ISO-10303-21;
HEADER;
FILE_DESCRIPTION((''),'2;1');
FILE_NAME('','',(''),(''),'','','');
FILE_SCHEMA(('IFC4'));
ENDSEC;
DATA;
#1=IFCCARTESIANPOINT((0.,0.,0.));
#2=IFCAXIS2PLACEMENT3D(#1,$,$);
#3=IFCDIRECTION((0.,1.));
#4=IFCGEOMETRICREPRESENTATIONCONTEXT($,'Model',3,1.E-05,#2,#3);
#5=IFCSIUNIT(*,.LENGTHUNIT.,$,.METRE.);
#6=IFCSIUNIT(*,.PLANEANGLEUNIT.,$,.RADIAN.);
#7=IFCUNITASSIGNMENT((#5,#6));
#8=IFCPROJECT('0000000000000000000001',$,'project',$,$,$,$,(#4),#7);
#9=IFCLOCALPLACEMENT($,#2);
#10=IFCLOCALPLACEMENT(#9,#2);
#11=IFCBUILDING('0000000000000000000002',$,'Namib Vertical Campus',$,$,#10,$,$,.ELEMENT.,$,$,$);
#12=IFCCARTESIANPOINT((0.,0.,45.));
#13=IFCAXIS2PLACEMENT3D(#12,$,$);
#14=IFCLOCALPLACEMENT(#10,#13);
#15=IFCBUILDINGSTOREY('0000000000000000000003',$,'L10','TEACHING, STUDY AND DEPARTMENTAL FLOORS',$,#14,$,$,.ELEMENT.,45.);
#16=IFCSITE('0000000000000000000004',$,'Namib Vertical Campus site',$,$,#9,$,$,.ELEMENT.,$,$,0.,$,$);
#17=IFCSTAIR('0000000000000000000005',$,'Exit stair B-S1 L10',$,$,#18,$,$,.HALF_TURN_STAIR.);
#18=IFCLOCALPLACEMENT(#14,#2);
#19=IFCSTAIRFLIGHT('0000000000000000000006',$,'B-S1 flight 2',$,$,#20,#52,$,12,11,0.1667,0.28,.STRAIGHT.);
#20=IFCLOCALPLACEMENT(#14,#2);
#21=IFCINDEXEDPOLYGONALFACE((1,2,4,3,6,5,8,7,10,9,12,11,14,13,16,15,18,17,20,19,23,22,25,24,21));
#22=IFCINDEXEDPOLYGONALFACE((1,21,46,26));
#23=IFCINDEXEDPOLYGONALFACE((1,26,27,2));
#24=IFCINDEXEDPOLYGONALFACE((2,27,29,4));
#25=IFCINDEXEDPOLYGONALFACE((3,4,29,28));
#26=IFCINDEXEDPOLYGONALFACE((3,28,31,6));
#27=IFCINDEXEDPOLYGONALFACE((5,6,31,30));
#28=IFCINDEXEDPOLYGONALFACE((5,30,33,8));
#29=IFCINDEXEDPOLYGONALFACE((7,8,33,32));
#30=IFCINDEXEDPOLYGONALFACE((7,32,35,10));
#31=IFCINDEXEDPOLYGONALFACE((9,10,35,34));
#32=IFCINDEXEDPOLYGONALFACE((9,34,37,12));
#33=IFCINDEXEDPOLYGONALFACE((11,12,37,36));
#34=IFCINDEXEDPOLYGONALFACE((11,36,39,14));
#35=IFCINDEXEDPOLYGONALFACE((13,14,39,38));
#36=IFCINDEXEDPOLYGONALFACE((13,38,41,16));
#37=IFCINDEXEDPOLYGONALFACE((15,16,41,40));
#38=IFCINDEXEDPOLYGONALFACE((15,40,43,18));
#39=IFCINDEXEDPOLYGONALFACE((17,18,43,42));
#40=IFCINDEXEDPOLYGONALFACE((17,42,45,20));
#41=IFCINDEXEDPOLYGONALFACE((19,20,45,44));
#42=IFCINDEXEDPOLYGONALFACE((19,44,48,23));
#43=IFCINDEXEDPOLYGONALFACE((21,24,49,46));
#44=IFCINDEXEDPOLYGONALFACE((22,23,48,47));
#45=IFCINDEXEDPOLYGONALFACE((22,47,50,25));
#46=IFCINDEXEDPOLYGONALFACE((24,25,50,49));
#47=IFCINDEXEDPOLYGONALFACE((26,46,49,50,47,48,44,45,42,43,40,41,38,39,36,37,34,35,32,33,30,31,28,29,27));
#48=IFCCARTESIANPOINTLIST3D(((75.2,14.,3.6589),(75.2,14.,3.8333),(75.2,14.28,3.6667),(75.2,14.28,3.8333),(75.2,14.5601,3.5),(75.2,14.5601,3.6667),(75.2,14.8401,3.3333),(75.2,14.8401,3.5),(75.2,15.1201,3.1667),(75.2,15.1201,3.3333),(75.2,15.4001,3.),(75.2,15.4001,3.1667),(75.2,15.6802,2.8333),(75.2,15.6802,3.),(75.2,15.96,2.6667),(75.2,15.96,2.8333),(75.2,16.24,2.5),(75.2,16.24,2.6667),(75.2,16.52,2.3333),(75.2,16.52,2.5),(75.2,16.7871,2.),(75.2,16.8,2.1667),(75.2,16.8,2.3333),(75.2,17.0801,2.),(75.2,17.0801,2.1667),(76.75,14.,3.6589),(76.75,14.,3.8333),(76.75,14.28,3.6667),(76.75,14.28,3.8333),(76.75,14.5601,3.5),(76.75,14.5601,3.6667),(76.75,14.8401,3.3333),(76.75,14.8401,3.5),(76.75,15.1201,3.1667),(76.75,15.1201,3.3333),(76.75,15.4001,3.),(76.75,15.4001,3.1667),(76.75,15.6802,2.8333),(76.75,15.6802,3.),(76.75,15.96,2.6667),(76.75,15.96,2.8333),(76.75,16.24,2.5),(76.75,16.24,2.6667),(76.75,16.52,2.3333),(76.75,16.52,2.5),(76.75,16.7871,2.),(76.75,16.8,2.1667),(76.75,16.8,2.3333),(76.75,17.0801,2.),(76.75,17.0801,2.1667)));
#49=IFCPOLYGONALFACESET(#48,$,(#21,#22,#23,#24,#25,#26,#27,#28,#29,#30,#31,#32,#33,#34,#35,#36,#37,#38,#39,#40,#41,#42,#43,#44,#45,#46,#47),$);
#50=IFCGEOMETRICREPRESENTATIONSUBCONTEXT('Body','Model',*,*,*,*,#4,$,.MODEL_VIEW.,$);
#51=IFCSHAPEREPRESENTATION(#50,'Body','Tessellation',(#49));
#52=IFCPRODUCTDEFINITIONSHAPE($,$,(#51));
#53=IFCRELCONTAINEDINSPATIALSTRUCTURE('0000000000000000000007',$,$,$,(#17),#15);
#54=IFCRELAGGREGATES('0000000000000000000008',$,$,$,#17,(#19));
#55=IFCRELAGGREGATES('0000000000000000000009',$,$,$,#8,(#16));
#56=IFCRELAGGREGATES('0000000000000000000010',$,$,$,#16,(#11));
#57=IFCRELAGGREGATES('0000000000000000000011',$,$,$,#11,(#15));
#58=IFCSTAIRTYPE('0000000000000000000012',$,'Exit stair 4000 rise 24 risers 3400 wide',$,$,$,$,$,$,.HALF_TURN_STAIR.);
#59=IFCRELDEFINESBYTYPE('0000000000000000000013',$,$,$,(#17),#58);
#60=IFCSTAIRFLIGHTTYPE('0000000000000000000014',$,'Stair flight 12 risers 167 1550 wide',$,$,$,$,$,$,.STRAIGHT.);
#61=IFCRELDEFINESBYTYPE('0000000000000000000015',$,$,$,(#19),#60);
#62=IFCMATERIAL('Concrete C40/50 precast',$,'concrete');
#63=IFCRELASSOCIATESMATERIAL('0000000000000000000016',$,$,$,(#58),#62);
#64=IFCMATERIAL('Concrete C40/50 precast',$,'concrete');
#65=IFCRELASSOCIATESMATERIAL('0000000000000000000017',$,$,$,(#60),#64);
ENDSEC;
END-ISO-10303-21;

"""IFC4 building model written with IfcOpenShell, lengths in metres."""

from ifc_helpers import new_model, si_unit, direction, frame, origin, place, context, subcontext, project, spatial, polyline, outline, extrude, material, type_object, element, aggregate, save


model = new_model("IFC4")

# Units and contexts
model_context = context("Model", 3, precision=1e-05, world=origin(), true_north=direction((0.0, 1.0)))
body_context = subcontext(model_context, "Body", "Model", "MODEL_VIEW")
ifc_project = project(units=[si_unit("LENGTHUNIT", "METRE"), si_unit("PLANEANGLEUNIT", "RADIAN")], contexts=[model_context])

# Site, building, storey
site_placement = place(None, origin())
site = spatial("IfcSite", under=ifc_project, at=site_placement, Name="Namib Vertical Campus site", CompositionType="ELEMENT", RefElevation=0.0)
building_placement = place(site_placement, origin())
building = spatial("IfcBuilding", under=site, at=building_placement, Name="Namib Vertical Campus", CompositionType="ELEMENT")
storey_placement = place(building_placement, frame((0.0, 0.0, 45.0)))
storey = spatial("IfcBuildingStorey", under=building, at=storey_placement, Name="L10", Description="TEACHING, STUDY AND DEPARTMENTAL FLOORS", CompositionType="ELEMENT", Elevation=45.0)

# Stair, stair flight
ifc_material_1 = material(Name="Concrete C40/50 precast", Category="concrete")
stair_type = type_object("IfcStairType", Name="Exit stair 4000 rise 24 risers 3400 wide", PredefinedType="HALF_TURN_STAIR", material=ifc_material_1)
stair_placement = place(storey_placement, origin())
stair = element("IfcStair", 1, at=stair_placement, inside=storey, type_object=stair_type, Name="Exit stair B-S1 L10", PredefinedType="HALF_TURN_STAIR")
ifc_material_2 = material(Name="Concrete C40/50 precast", Category="concrete")
stair_flight_type = type_object("IfcStairFlightType", Name="Stair flight 12 risers 167 1550 wide", PredefinedType="STRAIGHT", material=ifc_material_2)
stair_flight_1_placement = place(storey_placement, frame((75.9751, 17.0801, 2.0), z_axis=(0.0, 0.0, 1.0), x_axis=(0.0, -1.0, 0.0)))
stair_flight_1 = element("IfcStairFlight", 2, at=stair_flight_1_placement, type_object=stair_flight_type, Name="B-S1 flight 2", NumberOfRisers=12, NumberOfTreads=11, PredefinedType="STRAIGHT", RiserHeight=0.1667, TreadLength=0.28, context=body_context, shape_type="SweptSolid", body=[
    extrude(outline(polyline([(0.0, 0.0), (0.0, 0.1667), (0.28, 0.1667), (0.28, 0.3333), (0.5601, 0.3333), (0.5601, 0.5), (0.8401, 0.5), (0.8401, 0.6667), (1.1201, 0.6667), (1.1201, 0.8333), (1.3999, 0.8333), (1.3999, 1.0), (1.6799, 1.0), (1.6799, 1.1667), (1.96, 1.1667), (1.96, 1.3333), (2.24, 1.3333), (2.24, 1.5), (2.52, 1.5), (2.52, 1.6667), (2.8, 1.6667), (2.8, 1.8333), (3.0801, 1.8333), (3.0801, 2.0), (3.0801, 1.6589), (0.293, 0.0), (0.0, 0.0)])), frame((0.0, 0.7749, 0.0), z_axis=(0.0, -1.0, 0.0), x_axis=(1.0, 0.0, 0.0)), (0.0, 0.0, 1.0), 1.55),
])
aggregate(stair, [stair_flight_1])

save(model, "model.ifc")
